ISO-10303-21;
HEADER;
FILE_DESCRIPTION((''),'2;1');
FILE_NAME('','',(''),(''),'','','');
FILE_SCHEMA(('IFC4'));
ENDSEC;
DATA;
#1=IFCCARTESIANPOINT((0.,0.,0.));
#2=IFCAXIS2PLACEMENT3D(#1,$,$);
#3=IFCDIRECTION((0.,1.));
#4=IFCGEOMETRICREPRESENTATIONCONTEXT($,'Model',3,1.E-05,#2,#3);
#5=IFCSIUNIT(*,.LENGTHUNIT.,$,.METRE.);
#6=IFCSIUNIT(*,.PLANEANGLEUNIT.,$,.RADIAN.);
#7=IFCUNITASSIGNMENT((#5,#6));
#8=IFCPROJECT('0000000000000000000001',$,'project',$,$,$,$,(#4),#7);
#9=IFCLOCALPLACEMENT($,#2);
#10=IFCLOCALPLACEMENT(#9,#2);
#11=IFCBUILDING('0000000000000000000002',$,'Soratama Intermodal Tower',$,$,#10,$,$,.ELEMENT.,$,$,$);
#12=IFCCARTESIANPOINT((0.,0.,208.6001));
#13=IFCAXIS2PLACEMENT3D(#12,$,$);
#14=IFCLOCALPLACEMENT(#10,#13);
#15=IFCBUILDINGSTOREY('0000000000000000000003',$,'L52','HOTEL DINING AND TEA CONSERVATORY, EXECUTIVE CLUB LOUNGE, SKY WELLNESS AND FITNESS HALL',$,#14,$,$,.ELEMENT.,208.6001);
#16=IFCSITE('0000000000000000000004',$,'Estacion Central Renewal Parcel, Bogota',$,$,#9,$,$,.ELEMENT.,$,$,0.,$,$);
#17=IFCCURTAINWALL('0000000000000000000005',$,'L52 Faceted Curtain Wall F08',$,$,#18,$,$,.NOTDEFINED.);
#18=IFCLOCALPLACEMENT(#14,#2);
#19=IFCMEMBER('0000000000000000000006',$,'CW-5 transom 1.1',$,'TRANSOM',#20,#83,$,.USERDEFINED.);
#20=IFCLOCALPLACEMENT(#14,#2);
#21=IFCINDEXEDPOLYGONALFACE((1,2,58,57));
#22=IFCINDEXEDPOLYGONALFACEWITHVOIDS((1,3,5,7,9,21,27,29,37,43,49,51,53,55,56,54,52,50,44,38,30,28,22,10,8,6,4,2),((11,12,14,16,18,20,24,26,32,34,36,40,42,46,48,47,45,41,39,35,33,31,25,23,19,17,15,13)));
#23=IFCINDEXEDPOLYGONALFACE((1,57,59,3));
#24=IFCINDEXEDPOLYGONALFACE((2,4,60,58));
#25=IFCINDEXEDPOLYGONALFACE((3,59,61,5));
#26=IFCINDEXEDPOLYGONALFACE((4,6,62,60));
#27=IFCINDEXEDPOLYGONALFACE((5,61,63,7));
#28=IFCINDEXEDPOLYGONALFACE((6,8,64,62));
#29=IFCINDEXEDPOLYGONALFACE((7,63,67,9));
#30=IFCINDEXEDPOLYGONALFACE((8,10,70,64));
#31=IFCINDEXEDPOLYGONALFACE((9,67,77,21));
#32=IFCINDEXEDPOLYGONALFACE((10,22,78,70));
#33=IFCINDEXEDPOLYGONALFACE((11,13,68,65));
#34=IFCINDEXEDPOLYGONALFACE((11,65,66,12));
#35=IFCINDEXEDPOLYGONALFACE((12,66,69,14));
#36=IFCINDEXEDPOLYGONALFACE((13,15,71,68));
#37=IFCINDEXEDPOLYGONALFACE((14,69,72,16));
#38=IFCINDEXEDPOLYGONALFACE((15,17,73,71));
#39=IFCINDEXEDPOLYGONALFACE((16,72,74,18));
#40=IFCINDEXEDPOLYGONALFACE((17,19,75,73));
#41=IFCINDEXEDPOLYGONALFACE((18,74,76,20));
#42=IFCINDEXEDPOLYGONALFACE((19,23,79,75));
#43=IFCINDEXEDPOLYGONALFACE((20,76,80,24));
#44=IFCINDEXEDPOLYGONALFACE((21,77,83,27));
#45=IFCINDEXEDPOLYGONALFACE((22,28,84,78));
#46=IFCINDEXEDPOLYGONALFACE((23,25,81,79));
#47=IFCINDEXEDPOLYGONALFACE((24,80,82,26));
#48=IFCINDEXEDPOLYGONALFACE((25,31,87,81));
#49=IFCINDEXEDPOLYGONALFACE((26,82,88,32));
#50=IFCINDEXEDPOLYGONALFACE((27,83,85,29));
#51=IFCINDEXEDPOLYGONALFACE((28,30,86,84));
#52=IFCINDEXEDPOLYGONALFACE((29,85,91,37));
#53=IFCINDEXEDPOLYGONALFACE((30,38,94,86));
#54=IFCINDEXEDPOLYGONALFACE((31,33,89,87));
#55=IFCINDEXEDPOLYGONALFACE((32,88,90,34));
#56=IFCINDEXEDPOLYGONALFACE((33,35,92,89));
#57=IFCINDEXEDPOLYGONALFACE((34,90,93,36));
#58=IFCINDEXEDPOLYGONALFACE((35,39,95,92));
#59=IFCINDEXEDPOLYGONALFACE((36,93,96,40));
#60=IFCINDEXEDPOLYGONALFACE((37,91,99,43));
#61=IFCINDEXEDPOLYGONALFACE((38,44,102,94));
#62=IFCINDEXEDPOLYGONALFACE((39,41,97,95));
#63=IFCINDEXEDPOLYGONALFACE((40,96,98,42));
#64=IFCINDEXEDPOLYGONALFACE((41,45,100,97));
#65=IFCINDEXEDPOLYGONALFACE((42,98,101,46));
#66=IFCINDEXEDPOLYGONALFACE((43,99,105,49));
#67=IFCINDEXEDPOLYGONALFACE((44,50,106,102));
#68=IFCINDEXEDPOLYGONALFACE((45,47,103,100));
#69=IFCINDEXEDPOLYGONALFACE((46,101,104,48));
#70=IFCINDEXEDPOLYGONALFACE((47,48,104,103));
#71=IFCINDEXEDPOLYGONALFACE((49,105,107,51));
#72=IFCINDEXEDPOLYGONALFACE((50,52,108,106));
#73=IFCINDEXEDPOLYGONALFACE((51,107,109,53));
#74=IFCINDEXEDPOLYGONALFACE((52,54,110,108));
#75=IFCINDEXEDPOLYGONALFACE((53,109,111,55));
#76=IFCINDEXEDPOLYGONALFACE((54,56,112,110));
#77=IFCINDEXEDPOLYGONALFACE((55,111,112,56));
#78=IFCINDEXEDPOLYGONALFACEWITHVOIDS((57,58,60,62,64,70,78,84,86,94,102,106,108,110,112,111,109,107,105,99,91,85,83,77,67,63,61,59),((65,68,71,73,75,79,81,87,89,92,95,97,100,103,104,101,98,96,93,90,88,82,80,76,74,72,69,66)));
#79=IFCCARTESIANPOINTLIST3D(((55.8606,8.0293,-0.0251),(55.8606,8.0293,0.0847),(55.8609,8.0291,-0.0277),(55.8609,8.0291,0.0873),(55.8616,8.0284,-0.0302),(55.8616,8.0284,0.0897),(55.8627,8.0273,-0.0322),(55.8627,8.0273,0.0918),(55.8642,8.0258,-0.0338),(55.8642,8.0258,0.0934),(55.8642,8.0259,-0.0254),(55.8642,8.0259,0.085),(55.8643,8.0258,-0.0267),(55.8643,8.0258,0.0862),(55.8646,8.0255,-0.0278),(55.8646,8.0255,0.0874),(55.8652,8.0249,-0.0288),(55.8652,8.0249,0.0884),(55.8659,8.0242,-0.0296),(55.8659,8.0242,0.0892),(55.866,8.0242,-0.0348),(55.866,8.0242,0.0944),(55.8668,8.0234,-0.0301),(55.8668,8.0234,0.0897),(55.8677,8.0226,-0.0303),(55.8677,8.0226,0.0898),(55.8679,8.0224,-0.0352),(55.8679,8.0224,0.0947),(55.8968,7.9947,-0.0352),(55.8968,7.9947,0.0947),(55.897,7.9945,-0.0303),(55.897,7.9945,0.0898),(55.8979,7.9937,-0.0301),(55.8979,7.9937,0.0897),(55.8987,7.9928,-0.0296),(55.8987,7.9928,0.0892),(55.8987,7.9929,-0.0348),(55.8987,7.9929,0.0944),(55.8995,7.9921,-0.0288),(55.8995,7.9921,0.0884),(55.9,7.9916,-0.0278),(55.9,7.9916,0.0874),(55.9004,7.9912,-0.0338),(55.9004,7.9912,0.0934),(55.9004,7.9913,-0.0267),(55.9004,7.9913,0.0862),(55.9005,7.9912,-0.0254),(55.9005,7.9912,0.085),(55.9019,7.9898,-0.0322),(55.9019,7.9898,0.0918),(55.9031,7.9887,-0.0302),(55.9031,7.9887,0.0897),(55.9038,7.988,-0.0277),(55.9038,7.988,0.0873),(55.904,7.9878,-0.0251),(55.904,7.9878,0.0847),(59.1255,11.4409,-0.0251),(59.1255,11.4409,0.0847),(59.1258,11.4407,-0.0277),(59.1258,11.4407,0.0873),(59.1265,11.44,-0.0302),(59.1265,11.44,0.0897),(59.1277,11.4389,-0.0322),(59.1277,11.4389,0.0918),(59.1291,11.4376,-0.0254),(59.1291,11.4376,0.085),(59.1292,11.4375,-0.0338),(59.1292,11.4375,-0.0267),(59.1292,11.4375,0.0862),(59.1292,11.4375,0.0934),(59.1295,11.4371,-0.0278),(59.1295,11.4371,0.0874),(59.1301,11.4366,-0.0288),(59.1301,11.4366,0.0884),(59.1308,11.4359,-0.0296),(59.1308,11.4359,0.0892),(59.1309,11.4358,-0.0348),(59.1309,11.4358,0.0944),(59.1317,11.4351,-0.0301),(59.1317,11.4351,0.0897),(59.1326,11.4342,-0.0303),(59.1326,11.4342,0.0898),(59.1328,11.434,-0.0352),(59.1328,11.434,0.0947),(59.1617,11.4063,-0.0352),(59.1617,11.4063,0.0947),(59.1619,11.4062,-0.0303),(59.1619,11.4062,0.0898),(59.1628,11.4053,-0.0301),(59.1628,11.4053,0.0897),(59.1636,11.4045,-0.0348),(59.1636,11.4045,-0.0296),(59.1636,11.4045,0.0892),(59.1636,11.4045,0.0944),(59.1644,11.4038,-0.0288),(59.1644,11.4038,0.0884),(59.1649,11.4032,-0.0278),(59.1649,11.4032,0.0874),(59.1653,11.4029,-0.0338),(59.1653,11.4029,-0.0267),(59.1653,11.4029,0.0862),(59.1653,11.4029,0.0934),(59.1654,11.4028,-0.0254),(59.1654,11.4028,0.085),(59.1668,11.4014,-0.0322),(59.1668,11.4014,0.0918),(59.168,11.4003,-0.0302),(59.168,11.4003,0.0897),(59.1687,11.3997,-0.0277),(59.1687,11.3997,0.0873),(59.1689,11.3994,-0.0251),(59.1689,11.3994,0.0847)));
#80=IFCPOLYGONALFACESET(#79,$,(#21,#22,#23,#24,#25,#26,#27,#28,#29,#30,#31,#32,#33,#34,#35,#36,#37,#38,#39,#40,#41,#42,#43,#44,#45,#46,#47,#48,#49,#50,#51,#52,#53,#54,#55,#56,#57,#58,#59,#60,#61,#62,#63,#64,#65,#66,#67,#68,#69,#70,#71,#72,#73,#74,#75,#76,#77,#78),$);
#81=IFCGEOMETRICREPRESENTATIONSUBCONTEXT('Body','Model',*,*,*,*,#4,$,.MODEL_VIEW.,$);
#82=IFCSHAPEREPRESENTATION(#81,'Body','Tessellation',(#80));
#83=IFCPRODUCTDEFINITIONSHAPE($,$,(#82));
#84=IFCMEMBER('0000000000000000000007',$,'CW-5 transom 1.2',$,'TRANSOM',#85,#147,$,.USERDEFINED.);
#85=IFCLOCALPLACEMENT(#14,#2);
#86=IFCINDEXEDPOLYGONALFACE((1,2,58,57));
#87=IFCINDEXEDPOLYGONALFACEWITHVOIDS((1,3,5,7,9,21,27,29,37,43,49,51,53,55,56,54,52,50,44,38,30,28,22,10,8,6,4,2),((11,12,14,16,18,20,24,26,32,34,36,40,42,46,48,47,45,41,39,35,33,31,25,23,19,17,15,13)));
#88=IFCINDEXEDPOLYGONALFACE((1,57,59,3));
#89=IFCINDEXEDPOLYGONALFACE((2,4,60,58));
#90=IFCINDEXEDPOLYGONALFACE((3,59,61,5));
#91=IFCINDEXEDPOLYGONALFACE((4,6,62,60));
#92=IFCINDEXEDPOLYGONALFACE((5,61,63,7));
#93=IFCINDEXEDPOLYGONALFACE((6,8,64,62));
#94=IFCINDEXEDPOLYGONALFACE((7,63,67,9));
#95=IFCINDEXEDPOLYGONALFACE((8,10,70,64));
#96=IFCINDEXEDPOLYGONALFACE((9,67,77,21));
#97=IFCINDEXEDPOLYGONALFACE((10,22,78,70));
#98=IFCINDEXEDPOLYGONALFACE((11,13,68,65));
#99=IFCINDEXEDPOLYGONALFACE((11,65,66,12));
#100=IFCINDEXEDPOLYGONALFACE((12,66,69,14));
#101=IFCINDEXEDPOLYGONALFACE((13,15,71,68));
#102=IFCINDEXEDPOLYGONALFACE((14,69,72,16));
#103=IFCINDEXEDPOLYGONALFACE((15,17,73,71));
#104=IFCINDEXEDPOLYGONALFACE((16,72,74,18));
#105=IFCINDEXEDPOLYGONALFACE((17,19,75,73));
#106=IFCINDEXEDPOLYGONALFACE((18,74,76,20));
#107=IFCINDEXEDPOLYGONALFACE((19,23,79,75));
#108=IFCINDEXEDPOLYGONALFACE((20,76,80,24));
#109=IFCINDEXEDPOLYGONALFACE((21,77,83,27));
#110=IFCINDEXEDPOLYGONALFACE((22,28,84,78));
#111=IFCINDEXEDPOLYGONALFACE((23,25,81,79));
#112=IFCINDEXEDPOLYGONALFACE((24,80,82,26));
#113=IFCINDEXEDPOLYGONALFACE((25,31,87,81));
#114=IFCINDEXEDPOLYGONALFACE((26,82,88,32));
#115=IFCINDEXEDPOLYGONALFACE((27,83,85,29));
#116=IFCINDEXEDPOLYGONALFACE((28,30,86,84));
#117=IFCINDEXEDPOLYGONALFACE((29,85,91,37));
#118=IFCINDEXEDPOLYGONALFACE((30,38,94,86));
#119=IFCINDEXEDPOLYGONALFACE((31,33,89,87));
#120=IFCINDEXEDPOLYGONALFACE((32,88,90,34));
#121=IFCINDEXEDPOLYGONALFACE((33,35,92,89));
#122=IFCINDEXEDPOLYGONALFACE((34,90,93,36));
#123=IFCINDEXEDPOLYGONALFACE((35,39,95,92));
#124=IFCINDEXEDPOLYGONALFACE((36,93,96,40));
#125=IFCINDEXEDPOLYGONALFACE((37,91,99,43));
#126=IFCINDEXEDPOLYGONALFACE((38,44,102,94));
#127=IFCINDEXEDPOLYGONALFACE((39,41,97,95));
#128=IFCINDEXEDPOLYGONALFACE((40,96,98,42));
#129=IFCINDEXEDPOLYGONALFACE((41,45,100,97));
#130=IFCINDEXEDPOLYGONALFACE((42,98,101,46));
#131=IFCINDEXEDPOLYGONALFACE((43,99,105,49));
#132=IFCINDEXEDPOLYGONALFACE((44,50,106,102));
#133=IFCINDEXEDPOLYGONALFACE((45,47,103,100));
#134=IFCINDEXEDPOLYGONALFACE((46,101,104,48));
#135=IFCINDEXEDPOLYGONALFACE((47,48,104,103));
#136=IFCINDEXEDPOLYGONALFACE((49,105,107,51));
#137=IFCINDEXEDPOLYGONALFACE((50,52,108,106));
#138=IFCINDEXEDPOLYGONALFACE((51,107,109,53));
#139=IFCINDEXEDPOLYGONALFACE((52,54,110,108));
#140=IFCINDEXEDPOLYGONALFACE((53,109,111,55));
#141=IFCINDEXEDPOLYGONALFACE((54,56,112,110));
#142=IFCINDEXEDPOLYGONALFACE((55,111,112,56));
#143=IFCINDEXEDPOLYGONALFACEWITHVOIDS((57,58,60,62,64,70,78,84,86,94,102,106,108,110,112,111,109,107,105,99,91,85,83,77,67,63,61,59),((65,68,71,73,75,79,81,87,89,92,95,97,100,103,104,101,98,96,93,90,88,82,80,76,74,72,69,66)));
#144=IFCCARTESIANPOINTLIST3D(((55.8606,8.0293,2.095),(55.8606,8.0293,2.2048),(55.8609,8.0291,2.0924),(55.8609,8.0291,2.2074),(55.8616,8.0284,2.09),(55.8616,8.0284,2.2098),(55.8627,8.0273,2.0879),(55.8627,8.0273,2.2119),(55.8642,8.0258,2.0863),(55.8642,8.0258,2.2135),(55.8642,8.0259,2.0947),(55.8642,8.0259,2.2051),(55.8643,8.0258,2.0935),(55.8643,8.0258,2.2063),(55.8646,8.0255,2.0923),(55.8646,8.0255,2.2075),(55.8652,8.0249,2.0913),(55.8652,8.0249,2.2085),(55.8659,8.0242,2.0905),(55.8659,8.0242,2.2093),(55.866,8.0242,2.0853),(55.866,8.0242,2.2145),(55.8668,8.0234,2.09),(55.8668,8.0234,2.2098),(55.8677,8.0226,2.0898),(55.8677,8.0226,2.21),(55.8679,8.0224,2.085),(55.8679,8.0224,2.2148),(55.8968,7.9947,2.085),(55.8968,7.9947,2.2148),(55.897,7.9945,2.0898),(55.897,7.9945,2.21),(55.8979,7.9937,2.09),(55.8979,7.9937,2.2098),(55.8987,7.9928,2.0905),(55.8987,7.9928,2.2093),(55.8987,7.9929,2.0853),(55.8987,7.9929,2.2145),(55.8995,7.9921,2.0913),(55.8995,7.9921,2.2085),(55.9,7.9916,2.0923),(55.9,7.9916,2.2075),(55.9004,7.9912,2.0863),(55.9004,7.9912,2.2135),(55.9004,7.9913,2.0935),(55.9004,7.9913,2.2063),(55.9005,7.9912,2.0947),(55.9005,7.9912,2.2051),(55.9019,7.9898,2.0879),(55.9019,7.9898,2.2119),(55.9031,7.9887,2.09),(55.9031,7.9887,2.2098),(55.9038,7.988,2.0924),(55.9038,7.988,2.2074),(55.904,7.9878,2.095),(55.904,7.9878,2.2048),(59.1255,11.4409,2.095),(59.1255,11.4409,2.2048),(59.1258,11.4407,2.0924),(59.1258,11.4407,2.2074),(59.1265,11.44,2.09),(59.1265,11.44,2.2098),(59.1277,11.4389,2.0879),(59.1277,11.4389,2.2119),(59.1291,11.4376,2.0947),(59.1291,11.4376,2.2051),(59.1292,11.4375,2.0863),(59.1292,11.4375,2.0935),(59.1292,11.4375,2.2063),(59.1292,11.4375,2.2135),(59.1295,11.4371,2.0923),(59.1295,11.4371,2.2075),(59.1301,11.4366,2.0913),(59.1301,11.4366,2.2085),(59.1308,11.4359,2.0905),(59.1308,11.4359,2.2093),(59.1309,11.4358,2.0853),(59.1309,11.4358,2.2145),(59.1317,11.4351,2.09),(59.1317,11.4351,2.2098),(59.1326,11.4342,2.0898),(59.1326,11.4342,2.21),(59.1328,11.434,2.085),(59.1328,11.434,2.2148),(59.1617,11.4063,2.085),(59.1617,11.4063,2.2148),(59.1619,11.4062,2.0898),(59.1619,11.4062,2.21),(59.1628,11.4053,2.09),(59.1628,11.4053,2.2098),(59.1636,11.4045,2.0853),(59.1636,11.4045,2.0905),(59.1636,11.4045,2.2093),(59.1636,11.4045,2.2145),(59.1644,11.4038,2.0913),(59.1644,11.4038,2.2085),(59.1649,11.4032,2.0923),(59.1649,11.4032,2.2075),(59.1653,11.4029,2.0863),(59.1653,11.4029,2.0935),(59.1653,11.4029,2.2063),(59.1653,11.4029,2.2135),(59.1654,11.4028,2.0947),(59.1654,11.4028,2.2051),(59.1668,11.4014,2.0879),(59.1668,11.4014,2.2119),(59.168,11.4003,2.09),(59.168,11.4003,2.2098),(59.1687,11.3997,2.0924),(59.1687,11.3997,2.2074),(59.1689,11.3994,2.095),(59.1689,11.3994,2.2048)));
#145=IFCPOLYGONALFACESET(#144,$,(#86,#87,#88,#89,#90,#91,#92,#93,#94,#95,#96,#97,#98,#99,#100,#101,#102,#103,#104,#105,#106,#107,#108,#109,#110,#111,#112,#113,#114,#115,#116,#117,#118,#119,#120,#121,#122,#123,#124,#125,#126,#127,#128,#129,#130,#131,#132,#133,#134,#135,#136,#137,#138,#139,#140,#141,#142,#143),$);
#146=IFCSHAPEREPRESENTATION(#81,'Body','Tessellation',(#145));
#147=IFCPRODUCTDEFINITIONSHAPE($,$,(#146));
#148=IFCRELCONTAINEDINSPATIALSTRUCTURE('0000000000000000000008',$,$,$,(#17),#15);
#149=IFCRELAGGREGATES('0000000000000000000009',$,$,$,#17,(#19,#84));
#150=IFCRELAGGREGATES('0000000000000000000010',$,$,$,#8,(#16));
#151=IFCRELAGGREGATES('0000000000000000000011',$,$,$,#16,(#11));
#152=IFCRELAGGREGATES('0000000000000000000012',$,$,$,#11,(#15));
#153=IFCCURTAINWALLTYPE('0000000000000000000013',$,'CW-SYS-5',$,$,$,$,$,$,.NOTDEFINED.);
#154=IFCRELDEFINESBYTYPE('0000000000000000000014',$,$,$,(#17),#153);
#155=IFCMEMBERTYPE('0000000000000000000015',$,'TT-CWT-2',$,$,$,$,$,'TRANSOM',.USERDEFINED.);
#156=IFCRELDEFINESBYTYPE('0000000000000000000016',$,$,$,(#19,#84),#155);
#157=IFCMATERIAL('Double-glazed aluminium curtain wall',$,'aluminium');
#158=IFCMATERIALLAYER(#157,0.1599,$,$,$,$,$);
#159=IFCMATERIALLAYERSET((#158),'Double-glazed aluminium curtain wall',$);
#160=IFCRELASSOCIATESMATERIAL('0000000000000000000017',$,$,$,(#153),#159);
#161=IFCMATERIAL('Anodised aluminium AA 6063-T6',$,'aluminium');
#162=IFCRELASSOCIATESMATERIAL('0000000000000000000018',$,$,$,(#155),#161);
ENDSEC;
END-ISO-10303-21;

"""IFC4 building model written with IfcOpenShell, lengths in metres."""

from ifc_helpers import new_model, si_unit, direction, frame, origin, origin_2d, place, context, subcontext, project, spatial, hollow_rectangle, extrude, material, layer, layer_set, material_profile, profile_set, type_object, element, aggregate, save


model = new_model("IFC4")

# Units and contexts
model_context = context("Model", 3, precision=1e-05, world=origin(), true_north=direction((0.0, 1.0)))
body_context = subcontext(model_context, "Body", "Model", "MODEL_VIEW")
ifc_project = project(units=[si_unit("LENGTHUNIT", "METRE"), si_unit("PLANEANGLEUNIT", "RADIAN")], contexts=[model_context])

# Site, building, storey
site_placement = place(None, origin())
site = spatial("IfcSite", under=ifc_project, at=site_placement, Name="Estacion Central Renewal Parcel, Bogota", CompositionType="ELEMENT", RefElevation=0.0)
building_placement = place(site_placement, origin())
building = spatial("IfcBuilding", under=site, at=building_placement, Name="Soratama Intermodal Tower", CompositionType="ELEMENT")
storey_placement = place(building_placement, frame((0.0, 0.0, 208.6001)))
storey = spatial("IfcBuildingStorey", under=building, at=storey_placement, Name="L52", Description="HOTEL DINING AND TEA CONSERVATORY, EXECUTIVE CLUB LOUNGE, SKY WELLNESS AND FITNESS HALL", CompositionType="ELEMENT", Elevation=208.6001)

# Shared definitions
ifc_material_1 = material(Name="Double-glazed aluminium curtain wall", Category="aluminium")
ifc_layer_1 = layer(ifc_material_1, 0.1599)
ifc_layer_set_1 = layer_set([ifc_layer_1], Name="Double-glazed aluminium curtain wall")
curtain_wall_type = type_object("IfcCurtainWallType", Name="CW-SYS-5", PredefinedType="NOTDEFINED", material=ifc_layer_set_1)

# Curtain wall
curtain_wall_1_placement = place(storey_placement, origin())
curtain_wall_1 = element("IfcCurtainWall", 1, at=curtain_wall_1_placement, inside=storey, type_object=curtain_wall_type, Name="L52 Faceted Curtain Wall F08", PredefinedType="NOTDEFINED")

# Members
ifc_material_2 = material(Name="Anodised aluminium AA 6063-T6", Category="aluminium")
ifc_material_profile_1 = material_profile(ifc_material_2, hollow_rectangle(XDim=0.0601, YDim=0.1299, WallThickness=0.0049, InnerFilletRadius=0.0049, OuterFilletRadius=0.01, at=origin_2d()), Name="CWT130X60X5")
ifc_profile_set_1 = profile_set([ifc_material_profile_1], Name="Anodised aluminium AA 6063-T6")
member_type_1 = type_object("IfcMemberType", Name="TT-CWT-2", ElementType="TRANSOM", PredefinedType="USERDEFINED", material=ifc_profile_set_1)
member_1_placement = place(storey_placement, frame((55.8823, 8.0085, 0.0298), z_axis=(0.6914, 0.722472, 0.0), x_axis=(-0.722472, 0.6914, 0.0)))
member_1 = element("IfcMember", 2, at=member_1_placement, type_object=member_type_1, Name="CW-5 transom 1.1", ObjectType="TRANSOM", PredefinedType="USERDEFINED", context=body_context, shape_type="SweptSolid", body=[
    extrude(hollow_rectangle(XDim=0.0601, YDim=0.1299, WallThickness=0.0049, InnerFilletRadius=0.0049, OuterFilletRadius=0.01, at=origin_2d()), origin(), (0.0, 0.0, 1.0), 4.7222),
])
member_2_placement = place(storey_placement, frame((55.8823, 8.0085, 2.1499), z_axis=(0.6914, 0.722472, 0.0), x_axis=(-0.722472, 0.6914, 0.0)))
member_2 = element("IfcMember", 3, at=member_2_placement, type_object=member_type_1, Name="CW-5 transom 1.2", ObjectType="TRANSOM", PredefinedType="USERDEFINED", context=body_context, shape_type="SweptSolid", body=[
    extrude(hollow_rectangle(XDim=0.0601, YDim=0.1299, WallThickness=0.0049, InnerFilletRadius=0.0049, OuterFilletRadius=0.01, at=origin_2d()), origin(), (0.0, 0.0, 1.0), 4.7222),
])
aggregate(curtain_wall_1, [member_1, member_2])

save(model, "model.ifc")
